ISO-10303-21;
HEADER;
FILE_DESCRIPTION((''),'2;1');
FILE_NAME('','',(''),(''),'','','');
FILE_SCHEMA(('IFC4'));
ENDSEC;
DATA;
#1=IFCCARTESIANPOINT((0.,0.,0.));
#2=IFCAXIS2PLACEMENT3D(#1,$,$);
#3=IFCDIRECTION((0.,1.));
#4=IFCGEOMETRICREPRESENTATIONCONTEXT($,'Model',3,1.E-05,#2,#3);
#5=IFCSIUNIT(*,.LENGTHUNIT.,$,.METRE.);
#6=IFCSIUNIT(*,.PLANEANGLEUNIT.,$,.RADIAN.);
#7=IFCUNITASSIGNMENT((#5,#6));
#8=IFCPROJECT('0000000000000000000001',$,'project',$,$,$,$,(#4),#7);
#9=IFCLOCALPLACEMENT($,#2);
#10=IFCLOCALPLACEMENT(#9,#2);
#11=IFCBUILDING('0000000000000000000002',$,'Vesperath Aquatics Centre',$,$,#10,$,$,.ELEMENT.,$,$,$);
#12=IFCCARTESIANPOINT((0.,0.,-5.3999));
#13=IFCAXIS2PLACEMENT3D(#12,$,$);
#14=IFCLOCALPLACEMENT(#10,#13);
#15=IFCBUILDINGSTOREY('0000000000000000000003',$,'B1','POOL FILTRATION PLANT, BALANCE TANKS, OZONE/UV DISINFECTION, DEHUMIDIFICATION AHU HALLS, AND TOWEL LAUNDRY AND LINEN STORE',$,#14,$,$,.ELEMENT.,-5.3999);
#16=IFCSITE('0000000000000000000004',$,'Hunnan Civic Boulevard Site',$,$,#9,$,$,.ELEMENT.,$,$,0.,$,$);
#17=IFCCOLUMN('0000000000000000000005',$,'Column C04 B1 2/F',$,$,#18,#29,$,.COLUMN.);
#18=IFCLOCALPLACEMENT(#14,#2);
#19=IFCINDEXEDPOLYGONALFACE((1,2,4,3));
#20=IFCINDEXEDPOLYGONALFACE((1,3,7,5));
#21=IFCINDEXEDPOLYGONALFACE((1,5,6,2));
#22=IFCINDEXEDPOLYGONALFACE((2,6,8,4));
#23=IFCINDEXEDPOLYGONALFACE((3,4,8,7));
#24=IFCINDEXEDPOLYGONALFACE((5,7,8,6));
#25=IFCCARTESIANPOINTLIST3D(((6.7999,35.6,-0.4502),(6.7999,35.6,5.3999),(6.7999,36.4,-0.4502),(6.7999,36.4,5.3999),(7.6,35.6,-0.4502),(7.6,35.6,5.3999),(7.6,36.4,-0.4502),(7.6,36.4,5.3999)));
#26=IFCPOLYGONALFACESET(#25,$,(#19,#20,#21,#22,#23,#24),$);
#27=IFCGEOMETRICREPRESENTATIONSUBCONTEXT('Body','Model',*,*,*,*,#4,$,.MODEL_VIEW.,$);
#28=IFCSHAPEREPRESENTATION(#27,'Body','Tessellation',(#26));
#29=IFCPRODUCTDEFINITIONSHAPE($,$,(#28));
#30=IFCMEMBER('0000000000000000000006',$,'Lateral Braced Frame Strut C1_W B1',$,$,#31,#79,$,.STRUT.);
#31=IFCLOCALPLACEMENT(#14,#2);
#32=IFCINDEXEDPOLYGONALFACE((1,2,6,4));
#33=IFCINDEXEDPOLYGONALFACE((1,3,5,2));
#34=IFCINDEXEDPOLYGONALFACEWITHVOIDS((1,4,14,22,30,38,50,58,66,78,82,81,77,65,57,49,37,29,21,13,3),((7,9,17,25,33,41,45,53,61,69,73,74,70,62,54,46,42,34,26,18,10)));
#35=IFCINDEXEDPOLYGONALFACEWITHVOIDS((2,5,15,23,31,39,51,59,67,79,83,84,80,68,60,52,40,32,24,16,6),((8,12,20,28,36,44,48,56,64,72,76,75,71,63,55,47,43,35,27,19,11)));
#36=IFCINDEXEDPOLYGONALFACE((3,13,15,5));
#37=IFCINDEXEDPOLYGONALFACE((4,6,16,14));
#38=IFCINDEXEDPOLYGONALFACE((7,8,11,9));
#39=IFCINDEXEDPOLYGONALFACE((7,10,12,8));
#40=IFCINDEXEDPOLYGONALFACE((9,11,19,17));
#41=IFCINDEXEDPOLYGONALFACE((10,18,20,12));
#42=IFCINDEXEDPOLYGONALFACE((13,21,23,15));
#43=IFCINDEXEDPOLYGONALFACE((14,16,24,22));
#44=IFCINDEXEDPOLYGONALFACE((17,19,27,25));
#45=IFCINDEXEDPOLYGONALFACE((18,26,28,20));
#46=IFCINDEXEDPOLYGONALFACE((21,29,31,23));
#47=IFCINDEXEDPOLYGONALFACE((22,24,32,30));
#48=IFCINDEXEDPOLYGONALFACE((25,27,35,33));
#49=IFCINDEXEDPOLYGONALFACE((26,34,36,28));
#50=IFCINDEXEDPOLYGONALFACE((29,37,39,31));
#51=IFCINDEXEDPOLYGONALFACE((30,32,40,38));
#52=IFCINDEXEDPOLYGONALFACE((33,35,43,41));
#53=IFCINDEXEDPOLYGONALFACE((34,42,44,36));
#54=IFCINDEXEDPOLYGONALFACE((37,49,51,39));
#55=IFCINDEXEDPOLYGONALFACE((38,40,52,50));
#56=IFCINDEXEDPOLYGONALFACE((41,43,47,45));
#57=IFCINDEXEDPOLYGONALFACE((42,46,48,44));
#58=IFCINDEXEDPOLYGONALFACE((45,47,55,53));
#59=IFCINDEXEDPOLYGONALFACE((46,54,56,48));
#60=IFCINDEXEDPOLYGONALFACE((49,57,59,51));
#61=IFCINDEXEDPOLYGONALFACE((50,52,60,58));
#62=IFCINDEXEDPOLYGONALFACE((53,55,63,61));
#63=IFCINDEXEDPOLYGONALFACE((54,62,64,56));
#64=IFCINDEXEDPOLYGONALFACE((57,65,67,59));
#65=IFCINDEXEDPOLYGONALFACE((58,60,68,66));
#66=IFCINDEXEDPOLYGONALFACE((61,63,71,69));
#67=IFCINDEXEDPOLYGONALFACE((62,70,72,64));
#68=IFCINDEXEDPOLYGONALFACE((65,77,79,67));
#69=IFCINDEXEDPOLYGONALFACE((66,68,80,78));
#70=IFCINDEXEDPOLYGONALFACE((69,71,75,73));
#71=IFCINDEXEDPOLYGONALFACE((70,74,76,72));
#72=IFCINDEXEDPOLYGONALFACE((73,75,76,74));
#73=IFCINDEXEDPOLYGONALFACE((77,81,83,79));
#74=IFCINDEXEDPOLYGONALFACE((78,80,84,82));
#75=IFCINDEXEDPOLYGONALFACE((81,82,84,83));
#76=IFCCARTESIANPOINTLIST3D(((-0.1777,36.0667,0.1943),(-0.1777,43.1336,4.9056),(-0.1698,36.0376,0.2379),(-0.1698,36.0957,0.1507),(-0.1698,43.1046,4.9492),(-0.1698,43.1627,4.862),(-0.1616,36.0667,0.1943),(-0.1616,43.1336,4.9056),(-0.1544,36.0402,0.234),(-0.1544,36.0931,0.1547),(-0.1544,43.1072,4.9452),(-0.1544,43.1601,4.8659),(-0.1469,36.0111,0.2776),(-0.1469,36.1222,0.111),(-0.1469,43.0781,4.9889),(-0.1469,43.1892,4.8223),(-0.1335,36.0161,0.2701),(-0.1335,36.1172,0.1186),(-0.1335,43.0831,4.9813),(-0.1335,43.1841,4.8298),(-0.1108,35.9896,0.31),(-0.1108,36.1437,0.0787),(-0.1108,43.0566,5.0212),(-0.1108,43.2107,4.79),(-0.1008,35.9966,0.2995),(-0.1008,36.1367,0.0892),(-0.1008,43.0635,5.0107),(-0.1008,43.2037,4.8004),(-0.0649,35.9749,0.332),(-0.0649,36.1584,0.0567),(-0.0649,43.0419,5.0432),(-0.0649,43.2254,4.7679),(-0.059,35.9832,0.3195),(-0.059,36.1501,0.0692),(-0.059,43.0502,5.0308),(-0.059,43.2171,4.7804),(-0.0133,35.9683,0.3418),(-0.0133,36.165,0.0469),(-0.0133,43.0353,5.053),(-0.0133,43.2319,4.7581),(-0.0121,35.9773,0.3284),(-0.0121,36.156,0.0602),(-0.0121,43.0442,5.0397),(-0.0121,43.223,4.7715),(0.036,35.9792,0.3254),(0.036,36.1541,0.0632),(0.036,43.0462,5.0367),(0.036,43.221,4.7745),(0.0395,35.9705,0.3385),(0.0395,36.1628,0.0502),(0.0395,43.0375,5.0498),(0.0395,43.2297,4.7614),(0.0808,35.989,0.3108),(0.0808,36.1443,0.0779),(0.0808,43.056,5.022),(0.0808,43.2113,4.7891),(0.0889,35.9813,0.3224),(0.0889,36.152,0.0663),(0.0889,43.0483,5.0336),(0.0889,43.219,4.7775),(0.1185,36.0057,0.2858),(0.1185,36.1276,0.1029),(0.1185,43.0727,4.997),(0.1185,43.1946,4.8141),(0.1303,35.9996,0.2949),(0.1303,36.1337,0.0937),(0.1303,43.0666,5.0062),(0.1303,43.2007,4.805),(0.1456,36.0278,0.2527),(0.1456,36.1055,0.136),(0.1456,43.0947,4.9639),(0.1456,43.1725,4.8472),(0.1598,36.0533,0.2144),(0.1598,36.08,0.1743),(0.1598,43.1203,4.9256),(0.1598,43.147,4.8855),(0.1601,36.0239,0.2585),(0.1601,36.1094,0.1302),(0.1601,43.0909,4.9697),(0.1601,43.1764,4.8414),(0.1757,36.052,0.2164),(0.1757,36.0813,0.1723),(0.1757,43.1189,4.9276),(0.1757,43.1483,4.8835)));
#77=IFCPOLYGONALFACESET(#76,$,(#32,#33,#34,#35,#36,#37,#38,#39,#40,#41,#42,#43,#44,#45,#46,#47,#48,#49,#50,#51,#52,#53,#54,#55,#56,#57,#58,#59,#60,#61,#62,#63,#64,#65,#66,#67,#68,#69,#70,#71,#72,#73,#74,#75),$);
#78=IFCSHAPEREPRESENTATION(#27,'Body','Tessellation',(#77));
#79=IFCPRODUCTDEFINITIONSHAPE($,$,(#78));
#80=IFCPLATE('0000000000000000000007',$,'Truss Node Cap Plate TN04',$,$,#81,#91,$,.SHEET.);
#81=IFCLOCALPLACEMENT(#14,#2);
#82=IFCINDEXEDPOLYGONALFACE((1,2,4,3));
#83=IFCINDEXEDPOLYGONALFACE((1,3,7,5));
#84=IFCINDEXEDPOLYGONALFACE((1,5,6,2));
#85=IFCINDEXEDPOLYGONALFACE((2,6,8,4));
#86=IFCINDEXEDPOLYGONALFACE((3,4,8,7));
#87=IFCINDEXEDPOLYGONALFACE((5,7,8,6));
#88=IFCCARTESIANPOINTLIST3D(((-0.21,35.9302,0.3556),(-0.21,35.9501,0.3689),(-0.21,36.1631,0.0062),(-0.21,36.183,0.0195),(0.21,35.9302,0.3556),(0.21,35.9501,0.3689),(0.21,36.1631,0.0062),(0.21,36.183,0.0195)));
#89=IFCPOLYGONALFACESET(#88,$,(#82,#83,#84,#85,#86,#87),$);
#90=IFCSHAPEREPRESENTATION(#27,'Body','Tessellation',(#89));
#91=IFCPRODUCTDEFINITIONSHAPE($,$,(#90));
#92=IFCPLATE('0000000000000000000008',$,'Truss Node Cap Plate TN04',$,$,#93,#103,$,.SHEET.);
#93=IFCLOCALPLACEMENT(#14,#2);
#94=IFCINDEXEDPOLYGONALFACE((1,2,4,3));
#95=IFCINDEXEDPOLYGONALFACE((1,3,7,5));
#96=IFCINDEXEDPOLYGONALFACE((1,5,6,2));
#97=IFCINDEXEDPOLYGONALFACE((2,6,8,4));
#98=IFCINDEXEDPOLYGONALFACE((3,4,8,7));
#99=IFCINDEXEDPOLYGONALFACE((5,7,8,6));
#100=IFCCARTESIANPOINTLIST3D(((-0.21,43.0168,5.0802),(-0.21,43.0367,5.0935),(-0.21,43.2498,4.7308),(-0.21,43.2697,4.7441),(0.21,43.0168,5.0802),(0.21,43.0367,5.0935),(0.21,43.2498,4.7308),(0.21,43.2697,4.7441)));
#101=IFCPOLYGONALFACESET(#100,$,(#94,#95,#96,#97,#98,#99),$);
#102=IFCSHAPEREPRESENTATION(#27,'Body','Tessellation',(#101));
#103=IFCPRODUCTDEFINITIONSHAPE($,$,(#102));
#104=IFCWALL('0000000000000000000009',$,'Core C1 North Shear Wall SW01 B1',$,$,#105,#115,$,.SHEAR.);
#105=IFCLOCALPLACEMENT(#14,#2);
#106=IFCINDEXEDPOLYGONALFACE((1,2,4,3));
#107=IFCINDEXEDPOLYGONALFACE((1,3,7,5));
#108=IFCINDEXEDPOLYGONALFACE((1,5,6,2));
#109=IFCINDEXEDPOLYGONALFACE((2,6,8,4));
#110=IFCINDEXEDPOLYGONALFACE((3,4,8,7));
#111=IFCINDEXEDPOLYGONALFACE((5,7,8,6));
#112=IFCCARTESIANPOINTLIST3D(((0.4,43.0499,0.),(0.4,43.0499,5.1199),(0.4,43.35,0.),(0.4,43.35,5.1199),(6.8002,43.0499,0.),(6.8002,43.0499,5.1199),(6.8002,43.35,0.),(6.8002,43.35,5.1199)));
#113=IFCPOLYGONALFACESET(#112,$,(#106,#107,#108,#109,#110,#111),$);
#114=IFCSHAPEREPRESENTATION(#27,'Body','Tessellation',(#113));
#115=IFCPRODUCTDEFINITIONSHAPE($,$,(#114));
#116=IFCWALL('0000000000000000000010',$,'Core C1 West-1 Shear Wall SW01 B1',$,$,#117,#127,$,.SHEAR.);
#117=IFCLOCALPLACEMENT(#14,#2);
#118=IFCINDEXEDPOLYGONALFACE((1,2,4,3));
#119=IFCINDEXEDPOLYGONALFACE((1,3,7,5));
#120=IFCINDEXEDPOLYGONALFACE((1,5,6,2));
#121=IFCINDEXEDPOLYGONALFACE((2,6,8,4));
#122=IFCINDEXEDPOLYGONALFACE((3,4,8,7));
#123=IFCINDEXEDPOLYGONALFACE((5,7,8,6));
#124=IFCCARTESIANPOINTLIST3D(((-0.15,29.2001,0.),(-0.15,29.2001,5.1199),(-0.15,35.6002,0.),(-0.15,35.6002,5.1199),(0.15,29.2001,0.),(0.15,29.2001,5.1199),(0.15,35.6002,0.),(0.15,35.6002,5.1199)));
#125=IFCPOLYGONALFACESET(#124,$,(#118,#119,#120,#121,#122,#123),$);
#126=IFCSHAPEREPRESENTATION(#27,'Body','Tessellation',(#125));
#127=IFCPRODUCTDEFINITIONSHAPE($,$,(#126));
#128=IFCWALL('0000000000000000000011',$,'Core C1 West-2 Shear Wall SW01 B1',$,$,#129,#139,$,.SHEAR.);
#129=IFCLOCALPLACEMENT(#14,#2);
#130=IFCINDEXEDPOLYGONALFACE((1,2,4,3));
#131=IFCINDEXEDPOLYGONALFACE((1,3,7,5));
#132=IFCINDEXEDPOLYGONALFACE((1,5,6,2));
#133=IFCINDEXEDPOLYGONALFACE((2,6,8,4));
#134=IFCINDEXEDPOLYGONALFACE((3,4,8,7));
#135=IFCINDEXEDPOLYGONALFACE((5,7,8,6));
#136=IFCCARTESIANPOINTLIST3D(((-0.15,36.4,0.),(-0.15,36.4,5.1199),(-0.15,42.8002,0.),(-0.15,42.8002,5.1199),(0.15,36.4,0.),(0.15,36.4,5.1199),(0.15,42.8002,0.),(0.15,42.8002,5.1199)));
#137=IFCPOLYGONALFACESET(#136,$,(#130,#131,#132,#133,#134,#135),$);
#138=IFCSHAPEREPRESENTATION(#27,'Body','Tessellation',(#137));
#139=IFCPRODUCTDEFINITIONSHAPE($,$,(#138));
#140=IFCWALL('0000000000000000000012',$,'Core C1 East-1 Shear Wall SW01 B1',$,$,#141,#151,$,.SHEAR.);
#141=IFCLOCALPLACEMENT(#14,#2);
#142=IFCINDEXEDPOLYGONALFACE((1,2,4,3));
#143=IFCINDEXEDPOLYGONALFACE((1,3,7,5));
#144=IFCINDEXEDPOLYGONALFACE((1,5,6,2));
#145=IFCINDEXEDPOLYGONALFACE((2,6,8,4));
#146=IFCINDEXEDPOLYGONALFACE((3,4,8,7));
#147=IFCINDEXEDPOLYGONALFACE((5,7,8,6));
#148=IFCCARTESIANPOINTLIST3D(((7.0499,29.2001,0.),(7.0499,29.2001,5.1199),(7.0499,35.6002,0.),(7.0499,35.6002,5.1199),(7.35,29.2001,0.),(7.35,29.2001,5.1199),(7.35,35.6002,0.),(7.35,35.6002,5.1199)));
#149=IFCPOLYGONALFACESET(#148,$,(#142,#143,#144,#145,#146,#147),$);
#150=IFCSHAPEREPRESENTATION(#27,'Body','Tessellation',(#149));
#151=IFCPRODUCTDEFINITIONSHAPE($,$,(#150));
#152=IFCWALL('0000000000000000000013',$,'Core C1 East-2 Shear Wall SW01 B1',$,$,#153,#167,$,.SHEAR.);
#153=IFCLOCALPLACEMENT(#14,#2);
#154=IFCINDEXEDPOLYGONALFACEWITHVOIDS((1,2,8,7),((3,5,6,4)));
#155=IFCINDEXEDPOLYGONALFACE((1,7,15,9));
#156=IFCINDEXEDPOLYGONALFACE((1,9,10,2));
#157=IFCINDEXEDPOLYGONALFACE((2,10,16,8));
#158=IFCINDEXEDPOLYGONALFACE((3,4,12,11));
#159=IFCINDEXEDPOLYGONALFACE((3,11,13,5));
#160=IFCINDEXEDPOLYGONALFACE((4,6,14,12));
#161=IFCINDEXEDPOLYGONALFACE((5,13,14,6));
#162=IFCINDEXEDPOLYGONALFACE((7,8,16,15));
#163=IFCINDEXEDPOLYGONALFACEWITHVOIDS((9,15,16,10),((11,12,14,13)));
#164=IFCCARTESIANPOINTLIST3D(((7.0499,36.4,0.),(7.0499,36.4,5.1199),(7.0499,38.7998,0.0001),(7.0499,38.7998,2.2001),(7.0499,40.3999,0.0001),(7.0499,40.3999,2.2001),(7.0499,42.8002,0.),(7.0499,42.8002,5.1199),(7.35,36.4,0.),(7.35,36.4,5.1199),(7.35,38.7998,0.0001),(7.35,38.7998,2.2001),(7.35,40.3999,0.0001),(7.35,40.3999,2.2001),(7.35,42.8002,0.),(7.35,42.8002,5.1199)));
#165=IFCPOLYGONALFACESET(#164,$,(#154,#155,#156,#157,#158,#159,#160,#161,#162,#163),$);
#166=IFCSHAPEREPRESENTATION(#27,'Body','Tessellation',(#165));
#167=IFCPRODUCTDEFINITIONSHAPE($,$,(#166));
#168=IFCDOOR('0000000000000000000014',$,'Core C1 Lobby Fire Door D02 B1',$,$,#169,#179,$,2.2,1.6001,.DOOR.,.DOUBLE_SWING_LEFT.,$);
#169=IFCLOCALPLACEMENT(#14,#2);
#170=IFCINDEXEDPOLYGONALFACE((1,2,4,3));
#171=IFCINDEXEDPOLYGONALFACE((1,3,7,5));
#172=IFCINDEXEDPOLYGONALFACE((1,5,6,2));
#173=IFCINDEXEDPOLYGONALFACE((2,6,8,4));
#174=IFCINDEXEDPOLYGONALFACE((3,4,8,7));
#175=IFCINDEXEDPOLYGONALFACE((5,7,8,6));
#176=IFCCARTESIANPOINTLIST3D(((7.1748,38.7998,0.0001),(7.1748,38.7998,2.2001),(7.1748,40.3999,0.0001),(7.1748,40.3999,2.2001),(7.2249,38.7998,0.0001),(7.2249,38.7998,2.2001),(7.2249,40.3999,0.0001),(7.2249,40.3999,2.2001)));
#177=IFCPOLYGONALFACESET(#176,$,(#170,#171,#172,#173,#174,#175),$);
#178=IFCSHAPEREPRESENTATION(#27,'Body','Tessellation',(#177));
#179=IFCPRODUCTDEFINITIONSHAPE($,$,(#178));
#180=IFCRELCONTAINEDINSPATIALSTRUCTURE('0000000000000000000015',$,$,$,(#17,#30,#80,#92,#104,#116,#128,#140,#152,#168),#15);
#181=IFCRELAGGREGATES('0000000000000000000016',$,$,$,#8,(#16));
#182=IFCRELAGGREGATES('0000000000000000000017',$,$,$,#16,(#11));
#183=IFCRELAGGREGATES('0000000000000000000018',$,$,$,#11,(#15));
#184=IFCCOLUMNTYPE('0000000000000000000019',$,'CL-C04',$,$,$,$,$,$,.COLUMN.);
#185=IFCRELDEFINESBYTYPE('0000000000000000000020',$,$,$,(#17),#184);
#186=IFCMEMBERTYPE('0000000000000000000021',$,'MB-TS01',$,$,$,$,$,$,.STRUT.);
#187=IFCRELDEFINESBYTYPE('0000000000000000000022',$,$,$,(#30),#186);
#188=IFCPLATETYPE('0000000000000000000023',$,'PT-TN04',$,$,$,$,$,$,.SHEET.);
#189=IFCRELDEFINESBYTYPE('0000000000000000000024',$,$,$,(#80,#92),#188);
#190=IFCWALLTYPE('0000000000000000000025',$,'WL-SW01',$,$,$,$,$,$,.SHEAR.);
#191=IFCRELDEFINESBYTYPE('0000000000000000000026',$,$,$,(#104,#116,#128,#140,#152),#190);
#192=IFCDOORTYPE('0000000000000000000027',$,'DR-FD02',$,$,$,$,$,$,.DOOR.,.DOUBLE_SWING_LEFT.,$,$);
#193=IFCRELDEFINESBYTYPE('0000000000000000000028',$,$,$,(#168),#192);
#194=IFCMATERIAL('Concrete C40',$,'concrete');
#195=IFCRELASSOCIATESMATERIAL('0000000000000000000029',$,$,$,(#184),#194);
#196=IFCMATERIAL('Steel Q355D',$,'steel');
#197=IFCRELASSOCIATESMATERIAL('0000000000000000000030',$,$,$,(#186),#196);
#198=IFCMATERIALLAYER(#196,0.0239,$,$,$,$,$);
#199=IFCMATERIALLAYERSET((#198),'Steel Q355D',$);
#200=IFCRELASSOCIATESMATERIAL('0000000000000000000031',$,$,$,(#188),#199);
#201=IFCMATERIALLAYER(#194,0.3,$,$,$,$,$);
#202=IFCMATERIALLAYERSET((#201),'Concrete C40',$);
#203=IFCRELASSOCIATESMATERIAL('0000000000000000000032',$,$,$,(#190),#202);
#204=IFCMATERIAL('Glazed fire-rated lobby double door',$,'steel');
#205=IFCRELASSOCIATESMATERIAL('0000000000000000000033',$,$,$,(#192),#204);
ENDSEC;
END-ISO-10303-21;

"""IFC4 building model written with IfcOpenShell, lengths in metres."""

from ifc_helpers import new_model, si_unit, direction, frame, frame_2d, origin, origin_2d, place, context, subcontext, project, spatial, rectangle, hollow_circle, extrude, material, layer, layer_set, material_profile, profile_set, type_object, element, fill, save


model = new_model("IFC4")

# Units and contexts
model_context = context("Model", 3, precision=1e-05, world=origin(), true_north=direction((0.0, 1.0)))
body_context = subcontext(model_context, "Body", "Model", "MODEL_VIEW")
ifc_project = project(units=[si_unit("LENGTHUNIT", "METRE"), si_unit("PLANEANGLEUNIT", "RADIAN")], contexts=[model_context])

# Site, building, storey
site_placement = place(None, origin())
site = spatial("IfcSite", under=ifc_project, at=site_placement, Name="Hunnan Civic Boulevard Site", CompositionType="ELEMENT", RefElevation=0.0)
building_placement = place(site_placement, origin())
building = spatial("IfcBuilding", under=site, at=building_placement, Name="Vesperath Aquatics Centre", CompositionType="ELEMENT")
storey_placement = place(building_placement, frame((0.0, 0.0, -5.3999)))
storey = spatial("IfcBuildingStorey", under=building, at=storey_placement, Name="B1", Description="POOL FILTRATION PLANT, BALANCE TANKS, OZONE/UV DISINFECTION, DEHUMIDIFICATION AHU HALLS, AND TOWEL LAUNDRY AND LINEN STORE", CompositionType="ELEMENT", Elevation=-5.3999)

# Shared definitions
ifc_material_1 = material(Name="Concrete C40", Category="concrete")

# Column
ifc_material_profile_1 = material_profile(ifc_material_1, rectangle(XDim=0.8, YDim=0.8, at=origin_2d()), Name="RC 800x800")
ifc_profile_set_1 = profile_set([ifc_material_profile_1], Name="Concrete C40")
column_type = type_object("IfcColumnType", Name="CL-C04", PredefinedType="COLUMN", material=ifc_profile_set_1)
for number, where, z_axis, x_axis, name in (
    (1, (7.2, 36.0, -0.4502), (0.0, 0.0, 1.0), (1.0, 0.0, 0.0), "Column C04 B1 2/F"),
):
    element("IfcColumn", number, at=place(storey_placement, frame(where, z_axis=z_axis, x_axis=x_axis)), inside=storey, type_object=column_type, Name=name, PredefinedType="COLUMN", context=body_context, shape_type="SweptSolid", body=[
        extrude(rectangle(XDim=0.8, YDim=0.8, at=origin_2d()), origin(), (0.0, 0.0, 1.0), 5.8501),
    ])

# Member
ifc_material_2 = material(Name="Steel Q355D", Category="steel")
ifc_material_profile_2 = material_profile(ifc_material_2, hollow_circle(Radius=0.1777, WallThickness=0.0161, at=origin_2d()), Name="CHS 355.6x16")
ifc_profile_set_2 = profile_set([ifc_material_profile_2], Name="Steel Q355D")
member_type = type_object("IfcMemberType", Name="MB-TS01", PredefinedType="STRUT", material=ifc_profile_set_2)
member_placement = place(storey_placement, frame((0.0, 36.0667, 0.1943), z_axis=(0.0, 0.832055, 0.554694), x_axis=(-1.0, 0.0, 0.0)))
element("IfcMember", 2, at=member_placement, inside=storey, type_object=member_type, Name="Lateral Braced Frame Strut C1_W B1", PredefinedType="STRUT", context=body_context, shape_type="SweptSolid", body=[
    extrude(hollow_circle(Radius=0.1777, WallThickness=0.0161, at=origin_2d()), origin(), (0.0, 0.0, 1.0), 8.4934),
])

# Plates
ifc_layer_1 = layer(ifc_material_2, 0.0239)
ifc_layer_set_1 = layer_set([ifc_layer_1], Name="Steel Q355D")
plate_type = type_object("IfcPlateType", Name="PT-TN04", PredefinedType="SHEET", material=ifc_layer_set_1)
for number, where, z_axis, x_axis, name in (
    (3, (0.0, 36.0466, 0.1809), (0.0, 0.83205, 0.5547), (-1.0, 0.0, 0.0), "Truss Node Cap Plate TN04"),
    (4, (0.0, 43.1333, 4.9055), (0.0, 0.83205, 0.5547), (-1.0, 0.0, 0.0), "Truss Node Cap Plate TN04"),
):
    element("IfcPlate", number, at=place(storey_placement, frame(where, z_axis=z_axis, x_axis=x_axis)), inside=storey, type_object=plate_type, Name=name, PredefinedType="SHEET", context=body_context, shape_type="SweptSolid", body=[
        extrude(rectangle(XDim=0.4199, YDim=0.4199, at=origin_2d()), origin(), (0.0, 0.0, 1.0), 0.0239),
    ])

# Walls
ifc_layer_2 = layer(ifc_material_1, 0.3)
ifc_layer_set_2 = layer_set([ifc_layer_2], Name="Concrete C40")
wall_type_1 = type_object("IfcWallType", Name="WL-SW01", PredefinedType="SHEAR", material=ifc_layer_set_2)
for number, where, z_axis, x_axis, name in (
    (5, (0.3999, 43.2, 0.0), (0.0, 0.0, 1.0), (1.0, 0.0, 0.0), "Core C1 North Shear Wall SW01 B1"),
    (6, (0.0, 29.2, 0.0), (0.0, 0.0, 1.0), (0.0, 1.0, 0.0), "Core C1 West-1 Shear Wall SW01 B1"),
    (7, (0.0, 36.3999, 0.0), (0.0, 0.0, 1.0), (0.0, 1.0, 0.0), "Core C1 West-2 Shear Wall SW01 B1"),
    (8, (7.2, 29.2, 0.0), (0.0, 0.0, 1.0), (0.0, 1.0, 0.0), "Core C1 East-1 Shear Wall SW01 B1"),
):
    element("IfcWall", number, at=place(storey_placement, frame(where, z_axis=z_axis, x_axis=x_axis)), inside=storey, type_object=wall_type_1, Name=name, PredefinedType="SHEAR", context=body_context, shape_type="SweptSolid", body=[
        extrude(rectangle(XDim=6.4001, YDim=0.3, at=frame_2d((3.2002, 0.0))), origin(), (0.0, 0.0, 1.0), 5.1199),
    ])

# Wall, opening, door
wall_1_placement = place(storey_placement, frame((7.2, 36.3999, 0.0), z_axis=(0.0, 0.0, 1.0), x_axis=(0.0, 1.0, 0.0)))
wall_1 = element("IfcWall", 9, at=wall_1_placement, inside=storey, type_object=wall_type_1, Name="Core C1 East-2 Shear Wall SW01 B1", PredefinedType="SHEAR", context=body_context, shape_type="SweptSolid", body=[
    extrude(rectangle(XDim=6.4001, YDim=0.3, at=frame_2d((3.2002, 0.0))), origin(), (0.0, 0.0, 1.0), 5.1199),
])
opening_1_placement = place(wall_1_placement, frame((2.3999, 0.0, 0.0)))
opening_1 = element("IfcOpeningElement", 10, at=opening_1_placement, cuts=wall_1, PredefinedType="OPENING", context=body_context, shape_type="SweptSolid", body=[
    extrude(rectangle(XDim=1.6001, YDim=2.2, at=frame_2d((0.8, 1.1001))), frame((0.0, 0.165, 0.0), z_axis=(0.0, -1.0, 0.0), x_axis=(1.0, 0.0, 0.0)), (0.0, 0.0, 1.0), 0.3298),
])
ifc_material_3 = material(Name="Glazed fire-rated lobby double door", Category="steel")
door_type_1 = type_object("IfcDoorType", Name="DR-FD02", OperationType="DOUBLE_SWING_LEFT", PredefinedType="DOOR", material=ifc_material_3)
door_1_placement = place(opening_1_placement, frame((1.6001, 0.0, 0.0), z_axis=(0.0, 0.0, 1.0), x_axis=(-1.0, 0.0, 0.0)))
door_1 = element("IfcDoor", 11, at=door_1_placement, inside=storey, type_object=door_type_1, Name="Core C1 Lobby Fire Door D02 B1", OperationType="DOUBLE_SWING_LEFT", OverallHeight=2.2, OverallWidth=1.6001, PredefinedType="DOOR", context=body_context, shape_type="SweptSolid", body=[
    extrude(rectangle(XDim=1.6001, YDim=2.2, at=frame_2d((0.8, 1.1001))), frame((0.0, 0.0249, 0.0), z_axis=(0.0, -1.0, 0.0), x_axis=(1.0, 0.0, 0.0)), (0.0, 0.0, 1.0), 0.05),
])
fill(opening_1, door_1)

save(model, "model.ifc")
